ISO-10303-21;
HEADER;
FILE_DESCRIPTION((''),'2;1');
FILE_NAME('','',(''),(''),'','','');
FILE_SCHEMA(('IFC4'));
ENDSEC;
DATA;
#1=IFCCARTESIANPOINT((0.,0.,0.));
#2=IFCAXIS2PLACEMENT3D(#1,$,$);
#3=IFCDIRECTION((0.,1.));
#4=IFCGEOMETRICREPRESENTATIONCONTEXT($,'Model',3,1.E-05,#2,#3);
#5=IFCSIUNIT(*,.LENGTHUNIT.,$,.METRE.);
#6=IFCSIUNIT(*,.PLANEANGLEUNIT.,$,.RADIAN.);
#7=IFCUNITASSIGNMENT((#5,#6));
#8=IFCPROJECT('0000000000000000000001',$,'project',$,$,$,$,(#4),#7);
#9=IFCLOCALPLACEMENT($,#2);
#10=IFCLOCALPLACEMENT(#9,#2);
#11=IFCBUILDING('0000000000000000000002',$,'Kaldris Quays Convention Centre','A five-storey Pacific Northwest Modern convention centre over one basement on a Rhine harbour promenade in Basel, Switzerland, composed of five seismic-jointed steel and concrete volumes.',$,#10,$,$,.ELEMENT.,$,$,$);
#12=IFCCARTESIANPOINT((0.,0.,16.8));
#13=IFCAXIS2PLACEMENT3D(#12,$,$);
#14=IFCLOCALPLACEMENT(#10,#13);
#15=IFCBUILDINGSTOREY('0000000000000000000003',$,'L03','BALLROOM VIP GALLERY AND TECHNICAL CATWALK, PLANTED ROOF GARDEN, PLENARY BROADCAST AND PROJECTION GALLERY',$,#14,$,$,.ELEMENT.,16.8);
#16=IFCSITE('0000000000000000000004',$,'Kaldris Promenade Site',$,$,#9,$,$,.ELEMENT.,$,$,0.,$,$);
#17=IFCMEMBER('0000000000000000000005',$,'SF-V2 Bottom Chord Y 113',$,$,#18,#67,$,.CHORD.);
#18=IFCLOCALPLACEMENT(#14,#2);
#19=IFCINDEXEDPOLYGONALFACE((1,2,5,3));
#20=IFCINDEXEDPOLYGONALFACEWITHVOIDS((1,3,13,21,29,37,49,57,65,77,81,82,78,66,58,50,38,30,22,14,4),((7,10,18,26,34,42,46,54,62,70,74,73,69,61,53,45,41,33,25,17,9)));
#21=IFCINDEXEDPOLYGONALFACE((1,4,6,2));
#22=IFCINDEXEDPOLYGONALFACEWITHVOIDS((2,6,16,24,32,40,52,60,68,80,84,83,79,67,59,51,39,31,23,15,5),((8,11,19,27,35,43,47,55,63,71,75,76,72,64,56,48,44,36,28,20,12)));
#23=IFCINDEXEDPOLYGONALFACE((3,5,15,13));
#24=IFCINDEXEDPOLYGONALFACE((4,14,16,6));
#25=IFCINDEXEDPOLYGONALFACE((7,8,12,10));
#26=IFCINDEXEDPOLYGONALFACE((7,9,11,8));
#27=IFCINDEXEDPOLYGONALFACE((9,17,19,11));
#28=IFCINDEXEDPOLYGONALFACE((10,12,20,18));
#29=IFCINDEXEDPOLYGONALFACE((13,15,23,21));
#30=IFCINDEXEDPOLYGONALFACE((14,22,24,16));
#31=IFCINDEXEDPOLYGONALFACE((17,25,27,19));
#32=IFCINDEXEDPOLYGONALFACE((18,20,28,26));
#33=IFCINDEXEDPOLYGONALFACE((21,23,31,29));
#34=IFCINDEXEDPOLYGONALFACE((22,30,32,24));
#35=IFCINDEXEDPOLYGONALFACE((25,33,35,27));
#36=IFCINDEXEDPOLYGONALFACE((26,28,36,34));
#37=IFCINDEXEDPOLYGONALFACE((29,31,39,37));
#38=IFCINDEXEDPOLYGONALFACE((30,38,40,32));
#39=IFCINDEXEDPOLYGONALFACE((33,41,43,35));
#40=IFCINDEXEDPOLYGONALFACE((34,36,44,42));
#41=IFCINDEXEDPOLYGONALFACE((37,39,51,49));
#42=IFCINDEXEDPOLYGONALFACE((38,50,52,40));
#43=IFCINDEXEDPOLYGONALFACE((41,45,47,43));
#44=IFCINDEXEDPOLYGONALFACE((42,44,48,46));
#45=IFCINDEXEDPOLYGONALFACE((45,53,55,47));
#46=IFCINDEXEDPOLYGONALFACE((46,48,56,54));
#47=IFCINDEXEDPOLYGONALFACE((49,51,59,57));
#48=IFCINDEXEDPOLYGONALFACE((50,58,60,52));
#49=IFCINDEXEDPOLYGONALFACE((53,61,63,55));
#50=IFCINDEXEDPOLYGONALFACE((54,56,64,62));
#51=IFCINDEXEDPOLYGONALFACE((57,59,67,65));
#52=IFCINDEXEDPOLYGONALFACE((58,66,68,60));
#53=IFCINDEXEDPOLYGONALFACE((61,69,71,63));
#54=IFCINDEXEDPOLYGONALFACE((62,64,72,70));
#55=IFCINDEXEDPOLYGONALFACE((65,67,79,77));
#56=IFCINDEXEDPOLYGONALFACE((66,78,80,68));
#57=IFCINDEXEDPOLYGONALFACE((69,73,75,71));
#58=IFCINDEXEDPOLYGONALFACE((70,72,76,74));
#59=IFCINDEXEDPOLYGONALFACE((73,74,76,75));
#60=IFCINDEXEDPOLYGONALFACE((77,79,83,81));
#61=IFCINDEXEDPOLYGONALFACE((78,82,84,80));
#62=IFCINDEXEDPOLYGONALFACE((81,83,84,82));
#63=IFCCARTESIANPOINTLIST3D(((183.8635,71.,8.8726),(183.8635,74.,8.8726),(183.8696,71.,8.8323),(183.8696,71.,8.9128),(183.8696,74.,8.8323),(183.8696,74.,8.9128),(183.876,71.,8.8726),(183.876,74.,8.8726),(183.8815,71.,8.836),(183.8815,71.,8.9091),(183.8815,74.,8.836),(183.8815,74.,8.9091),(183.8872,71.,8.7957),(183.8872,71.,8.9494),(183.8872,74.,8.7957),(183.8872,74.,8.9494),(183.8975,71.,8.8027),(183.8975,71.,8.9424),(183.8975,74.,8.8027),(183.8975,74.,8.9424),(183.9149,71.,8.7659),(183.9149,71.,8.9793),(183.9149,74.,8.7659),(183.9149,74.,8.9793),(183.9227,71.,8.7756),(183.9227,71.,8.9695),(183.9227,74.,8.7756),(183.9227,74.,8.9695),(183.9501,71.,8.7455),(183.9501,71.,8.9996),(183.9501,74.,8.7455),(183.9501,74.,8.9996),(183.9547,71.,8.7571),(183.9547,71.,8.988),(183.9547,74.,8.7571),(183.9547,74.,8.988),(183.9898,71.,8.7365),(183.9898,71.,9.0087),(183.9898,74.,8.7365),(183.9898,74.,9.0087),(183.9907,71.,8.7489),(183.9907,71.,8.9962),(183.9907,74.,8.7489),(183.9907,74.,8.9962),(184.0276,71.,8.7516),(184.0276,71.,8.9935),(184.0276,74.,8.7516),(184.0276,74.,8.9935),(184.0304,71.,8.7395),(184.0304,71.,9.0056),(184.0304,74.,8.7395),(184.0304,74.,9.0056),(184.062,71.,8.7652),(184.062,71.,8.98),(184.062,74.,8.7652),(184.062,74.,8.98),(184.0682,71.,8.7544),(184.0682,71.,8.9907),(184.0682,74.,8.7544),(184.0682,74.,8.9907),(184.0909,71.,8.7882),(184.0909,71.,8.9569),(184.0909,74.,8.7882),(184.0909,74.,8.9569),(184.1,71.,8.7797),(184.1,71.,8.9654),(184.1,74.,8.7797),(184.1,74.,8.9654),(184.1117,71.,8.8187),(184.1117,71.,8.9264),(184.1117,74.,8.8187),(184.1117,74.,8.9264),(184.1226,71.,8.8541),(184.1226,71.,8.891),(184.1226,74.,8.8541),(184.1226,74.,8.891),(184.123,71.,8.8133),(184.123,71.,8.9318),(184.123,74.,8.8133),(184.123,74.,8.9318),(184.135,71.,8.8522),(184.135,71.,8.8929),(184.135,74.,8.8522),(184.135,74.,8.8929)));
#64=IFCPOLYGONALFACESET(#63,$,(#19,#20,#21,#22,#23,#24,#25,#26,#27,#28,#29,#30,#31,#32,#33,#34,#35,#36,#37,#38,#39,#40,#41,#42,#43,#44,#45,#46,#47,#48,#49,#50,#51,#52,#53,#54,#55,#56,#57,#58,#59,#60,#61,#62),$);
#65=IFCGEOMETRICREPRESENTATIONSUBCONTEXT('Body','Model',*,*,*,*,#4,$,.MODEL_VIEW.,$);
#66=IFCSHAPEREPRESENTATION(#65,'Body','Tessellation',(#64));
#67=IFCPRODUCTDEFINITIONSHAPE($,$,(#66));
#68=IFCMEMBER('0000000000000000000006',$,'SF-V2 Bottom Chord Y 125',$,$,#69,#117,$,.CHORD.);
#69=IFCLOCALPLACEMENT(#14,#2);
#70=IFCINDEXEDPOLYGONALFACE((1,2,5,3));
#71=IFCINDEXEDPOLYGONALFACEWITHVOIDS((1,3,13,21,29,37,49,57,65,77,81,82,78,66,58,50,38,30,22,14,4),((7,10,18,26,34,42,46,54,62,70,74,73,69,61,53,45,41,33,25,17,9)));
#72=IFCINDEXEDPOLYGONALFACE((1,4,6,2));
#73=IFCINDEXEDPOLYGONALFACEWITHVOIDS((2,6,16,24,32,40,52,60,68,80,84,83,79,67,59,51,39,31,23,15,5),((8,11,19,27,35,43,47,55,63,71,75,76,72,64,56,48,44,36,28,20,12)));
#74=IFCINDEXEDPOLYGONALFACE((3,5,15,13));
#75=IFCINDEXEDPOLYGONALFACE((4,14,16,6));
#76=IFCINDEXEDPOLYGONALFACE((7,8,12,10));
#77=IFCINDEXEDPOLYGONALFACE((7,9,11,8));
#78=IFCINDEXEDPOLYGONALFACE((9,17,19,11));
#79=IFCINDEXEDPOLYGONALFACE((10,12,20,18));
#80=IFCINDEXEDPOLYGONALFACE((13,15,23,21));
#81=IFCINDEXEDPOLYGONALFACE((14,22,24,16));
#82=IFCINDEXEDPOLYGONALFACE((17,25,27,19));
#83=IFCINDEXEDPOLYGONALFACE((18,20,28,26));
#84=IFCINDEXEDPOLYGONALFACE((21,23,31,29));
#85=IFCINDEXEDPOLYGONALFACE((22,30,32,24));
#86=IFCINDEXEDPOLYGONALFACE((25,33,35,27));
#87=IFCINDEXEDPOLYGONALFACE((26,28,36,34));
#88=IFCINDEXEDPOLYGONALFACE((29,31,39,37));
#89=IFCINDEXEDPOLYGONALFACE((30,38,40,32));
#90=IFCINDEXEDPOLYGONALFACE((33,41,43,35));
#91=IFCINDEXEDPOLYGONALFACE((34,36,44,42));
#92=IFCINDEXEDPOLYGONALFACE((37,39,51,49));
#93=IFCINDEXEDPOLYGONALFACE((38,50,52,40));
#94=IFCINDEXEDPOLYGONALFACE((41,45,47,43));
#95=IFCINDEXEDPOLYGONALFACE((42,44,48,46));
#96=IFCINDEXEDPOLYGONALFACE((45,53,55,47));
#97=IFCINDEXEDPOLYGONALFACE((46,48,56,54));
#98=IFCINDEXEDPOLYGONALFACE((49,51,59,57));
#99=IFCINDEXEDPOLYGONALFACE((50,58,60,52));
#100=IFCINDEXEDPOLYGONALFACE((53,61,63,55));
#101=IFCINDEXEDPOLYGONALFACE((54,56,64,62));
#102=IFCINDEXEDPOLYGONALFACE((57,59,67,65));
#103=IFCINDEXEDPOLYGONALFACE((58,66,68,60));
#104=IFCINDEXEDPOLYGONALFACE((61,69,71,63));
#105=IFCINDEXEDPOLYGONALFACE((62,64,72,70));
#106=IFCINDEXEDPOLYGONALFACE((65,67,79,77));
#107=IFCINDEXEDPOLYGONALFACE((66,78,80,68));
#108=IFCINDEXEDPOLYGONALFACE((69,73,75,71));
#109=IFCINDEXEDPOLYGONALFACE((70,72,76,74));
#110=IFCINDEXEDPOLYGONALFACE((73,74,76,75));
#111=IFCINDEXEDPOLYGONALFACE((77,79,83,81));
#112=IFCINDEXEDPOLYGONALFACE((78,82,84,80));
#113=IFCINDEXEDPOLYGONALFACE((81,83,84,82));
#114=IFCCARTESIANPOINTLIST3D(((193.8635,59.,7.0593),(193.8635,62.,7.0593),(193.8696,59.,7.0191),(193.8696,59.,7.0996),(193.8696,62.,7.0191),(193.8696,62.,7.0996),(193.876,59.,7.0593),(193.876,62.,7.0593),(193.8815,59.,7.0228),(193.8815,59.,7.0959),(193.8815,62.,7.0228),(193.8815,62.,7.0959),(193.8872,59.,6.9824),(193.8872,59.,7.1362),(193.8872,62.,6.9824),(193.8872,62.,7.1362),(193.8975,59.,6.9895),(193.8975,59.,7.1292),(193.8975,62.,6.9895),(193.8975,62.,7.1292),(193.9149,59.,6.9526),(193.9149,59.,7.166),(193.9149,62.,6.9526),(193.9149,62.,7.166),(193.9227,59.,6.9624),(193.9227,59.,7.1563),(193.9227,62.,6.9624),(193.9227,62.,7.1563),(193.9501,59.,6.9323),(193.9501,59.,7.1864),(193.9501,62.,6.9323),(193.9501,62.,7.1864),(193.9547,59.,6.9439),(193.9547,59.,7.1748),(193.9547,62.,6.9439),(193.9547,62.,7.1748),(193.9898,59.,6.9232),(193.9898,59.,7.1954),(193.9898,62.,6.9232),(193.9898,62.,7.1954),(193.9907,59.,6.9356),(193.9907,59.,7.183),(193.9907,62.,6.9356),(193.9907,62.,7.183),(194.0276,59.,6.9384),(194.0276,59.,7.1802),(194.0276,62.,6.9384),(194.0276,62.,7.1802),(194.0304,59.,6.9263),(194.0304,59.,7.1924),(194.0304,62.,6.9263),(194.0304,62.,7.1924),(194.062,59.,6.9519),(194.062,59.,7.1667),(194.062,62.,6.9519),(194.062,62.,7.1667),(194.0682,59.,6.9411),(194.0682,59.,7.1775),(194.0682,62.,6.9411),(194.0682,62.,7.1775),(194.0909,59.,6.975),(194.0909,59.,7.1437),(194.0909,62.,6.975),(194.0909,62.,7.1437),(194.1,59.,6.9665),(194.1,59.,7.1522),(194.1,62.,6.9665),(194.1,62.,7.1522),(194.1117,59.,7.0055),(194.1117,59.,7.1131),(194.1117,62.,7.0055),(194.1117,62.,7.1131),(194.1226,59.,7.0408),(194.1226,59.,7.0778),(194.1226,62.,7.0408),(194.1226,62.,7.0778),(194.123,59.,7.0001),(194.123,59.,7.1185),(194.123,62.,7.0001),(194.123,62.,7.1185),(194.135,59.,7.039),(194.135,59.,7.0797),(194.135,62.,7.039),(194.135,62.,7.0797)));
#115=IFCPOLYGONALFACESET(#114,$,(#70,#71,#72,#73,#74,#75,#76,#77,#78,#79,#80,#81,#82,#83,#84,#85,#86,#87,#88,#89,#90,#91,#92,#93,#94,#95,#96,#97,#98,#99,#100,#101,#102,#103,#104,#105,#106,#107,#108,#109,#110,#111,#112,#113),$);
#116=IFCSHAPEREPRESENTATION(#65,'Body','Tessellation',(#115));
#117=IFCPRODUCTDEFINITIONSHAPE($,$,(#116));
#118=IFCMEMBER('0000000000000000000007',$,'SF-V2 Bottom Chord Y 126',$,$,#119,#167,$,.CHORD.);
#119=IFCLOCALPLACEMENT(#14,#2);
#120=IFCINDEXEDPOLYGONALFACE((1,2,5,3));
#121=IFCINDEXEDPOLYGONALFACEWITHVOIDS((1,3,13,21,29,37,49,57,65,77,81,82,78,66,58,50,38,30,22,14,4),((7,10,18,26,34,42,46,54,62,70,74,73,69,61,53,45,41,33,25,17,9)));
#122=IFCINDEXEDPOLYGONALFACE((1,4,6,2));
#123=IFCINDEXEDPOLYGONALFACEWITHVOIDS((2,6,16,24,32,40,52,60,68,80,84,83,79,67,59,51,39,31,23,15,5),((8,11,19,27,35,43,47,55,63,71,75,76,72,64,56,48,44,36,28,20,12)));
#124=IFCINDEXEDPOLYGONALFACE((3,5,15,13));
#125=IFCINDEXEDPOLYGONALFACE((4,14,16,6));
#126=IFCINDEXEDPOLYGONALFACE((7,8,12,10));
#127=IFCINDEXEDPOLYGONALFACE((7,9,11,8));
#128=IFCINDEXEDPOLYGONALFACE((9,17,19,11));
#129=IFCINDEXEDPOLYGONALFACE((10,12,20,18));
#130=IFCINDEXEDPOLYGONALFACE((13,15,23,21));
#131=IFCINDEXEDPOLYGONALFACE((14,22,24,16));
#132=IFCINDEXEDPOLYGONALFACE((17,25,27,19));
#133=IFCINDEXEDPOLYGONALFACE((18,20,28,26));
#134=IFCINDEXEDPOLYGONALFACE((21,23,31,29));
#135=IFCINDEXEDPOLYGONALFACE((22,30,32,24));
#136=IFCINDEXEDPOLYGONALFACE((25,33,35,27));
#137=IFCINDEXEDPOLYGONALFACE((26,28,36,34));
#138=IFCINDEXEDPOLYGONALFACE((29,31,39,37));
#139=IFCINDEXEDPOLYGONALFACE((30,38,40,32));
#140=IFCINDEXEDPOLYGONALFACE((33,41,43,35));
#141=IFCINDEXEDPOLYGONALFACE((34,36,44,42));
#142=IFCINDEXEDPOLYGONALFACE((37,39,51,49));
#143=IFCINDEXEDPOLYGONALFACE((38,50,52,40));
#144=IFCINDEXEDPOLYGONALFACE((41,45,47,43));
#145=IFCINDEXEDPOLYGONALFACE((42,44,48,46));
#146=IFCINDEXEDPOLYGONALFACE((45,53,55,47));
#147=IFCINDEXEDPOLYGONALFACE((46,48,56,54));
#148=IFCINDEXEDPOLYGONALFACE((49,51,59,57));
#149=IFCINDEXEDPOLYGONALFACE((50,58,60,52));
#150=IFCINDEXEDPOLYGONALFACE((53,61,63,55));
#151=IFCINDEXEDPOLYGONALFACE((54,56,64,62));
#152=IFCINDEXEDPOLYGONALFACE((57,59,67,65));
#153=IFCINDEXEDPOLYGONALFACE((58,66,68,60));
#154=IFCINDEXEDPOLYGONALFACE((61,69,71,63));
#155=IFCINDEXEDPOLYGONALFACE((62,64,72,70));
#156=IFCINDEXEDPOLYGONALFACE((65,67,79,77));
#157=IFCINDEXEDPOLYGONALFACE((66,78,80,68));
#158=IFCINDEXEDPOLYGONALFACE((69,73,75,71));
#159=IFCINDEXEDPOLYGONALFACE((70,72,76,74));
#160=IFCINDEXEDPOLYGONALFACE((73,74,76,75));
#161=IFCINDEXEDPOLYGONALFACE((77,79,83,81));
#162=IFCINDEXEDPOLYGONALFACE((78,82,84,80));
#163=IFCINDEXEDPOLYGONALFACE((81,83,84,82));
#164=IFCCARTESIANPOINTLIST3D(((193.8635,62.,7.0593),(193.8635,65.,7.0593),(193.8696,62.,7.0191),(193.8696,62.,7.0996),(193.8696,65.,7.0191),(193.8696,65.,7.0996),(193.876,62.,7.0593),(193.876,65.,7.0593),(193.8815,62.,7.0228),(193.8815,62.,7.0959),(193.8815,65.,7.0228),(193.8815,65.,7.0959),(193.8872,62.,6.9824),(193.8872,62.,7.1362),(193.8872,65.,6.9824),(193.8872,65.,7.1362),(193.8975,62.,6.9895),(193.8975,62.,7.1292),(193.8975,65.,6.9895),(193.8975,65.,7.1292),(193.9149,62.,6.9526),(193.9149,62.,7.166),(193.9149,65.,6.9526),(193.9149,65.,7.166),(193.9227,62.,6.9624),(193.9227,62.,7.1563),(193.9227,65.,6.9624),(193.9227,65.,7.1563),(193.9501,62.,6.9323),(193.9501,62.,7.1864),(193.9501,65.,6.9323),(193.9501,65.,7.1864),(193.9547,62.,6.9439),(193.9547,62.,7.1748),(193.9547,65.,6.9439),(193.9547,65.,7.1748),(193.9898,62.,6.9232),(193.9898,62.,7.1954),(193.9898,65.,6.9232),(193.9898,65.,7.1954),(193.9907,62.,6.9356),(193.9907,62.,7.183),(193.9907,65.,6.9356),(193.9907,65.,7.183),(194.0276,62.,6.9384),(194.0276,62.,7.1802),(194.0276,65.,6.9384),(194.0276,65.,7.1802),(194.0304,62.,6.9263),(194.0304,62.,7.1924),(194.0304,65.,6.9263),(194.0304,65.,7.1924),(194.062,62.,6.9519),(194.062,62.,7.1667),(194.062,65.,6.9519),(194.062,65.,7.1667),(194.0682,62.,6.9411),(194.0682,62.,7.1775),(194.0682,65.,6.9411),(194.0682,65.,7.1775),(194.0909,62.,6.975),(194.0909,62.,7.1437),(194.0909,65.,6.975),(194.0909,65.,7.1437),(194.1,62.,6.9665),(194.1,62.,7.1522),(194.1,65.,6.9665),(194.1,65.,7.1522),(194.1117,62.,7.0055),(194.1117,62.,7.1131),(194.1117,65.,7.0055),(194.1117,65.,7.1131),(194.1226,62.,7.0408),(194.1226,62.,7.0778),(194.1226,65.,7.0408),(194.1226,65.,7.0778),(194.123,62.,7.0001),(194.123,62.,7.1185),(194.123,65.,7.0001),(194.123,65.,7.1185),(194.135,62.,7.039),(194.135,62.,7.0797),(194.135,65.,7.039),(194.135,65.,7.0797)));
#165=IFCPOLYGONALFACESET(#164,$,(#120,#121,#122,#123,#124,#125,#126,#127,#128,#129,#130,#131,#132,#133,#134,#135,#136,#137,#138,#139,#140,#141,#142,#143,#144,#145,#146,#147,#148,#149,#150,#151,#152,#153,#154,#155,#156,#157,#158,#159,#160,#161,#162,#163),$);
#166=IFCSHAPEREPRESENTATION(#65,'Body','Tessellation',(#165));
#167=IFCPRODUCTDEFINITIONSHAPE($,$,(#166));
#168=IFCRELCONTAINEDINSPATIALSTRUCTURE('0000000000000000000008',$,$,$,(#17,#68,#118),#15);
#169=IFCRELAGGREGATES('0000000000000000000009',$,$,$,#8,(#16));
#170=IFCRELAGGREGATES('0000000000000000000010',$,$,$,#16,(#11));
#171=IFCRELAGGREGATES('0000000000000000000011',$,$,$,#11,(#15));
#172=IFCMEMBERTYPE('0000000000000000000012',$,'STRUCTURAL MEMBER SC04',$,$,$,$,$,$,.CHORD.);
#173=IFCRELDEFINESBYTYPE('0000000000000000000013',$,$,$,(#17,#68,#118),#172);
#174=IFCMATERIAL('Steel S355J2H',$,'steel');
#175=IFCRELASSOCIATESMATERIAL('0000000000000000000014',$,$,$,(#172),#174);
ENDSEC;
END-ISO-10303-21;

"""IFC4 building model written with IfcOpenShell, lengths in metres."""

from ifc_helpers import new_model, si_unit, direction, frame, origin, origin_2d, place, context, subcontext, project, spatial, hollow_circle, extrude, material, material_profile, profile_set, type_object, element, save


model = new_model("IFC4")

# Units and contexts
model_context = context("Model", 3, precision=1e-05, world=origin(), true_north=direction((0.0, 1.0)))
body_context = subcontext(model_context, "Body", "Model", "MODEL_VIEW")
ifc_project = project(units=[si_unit("LENGTHUNIT", "METRE"), si_unit("PLANEANGLEUNIT", "RADIAN")], contexts=[model_context])

# Site, building, storey
site_placement = place(None, origin())
site = spatial("IfcSite", under=ifc_project, at=site_placement, Name="Kaldris Promenade Site", CompositionType="ELEMENT", RefElevation=0.0)
building_placement = place(site_placement, origin())
building = spatial("IfcBuilding", under=site, at=building_placement, Name="Kaldris Quays Convention Centre", Description="A five-storey Pacific Northwest Modern convention centre over one basement on a Rhine harbour promenade in Basel, Switzerland, composed of five seismic-jointed steel and concrete volumes.", CompositionType="ELEMENT")
storey_placement = place(building_placement, frame((0.0, 0.0, 16.8)))
storey = spatial("IfcBuildingStorey", under=building, at=storey_placement, Name="L03", Description="BALLROOM VIP GALLERY AND TECHNICAL CATWALK, PLANTED ROOF GARDEN, PLENARY BROADCAST AND PROJECTION GALLERY", CompositionType="ELEMENT", Elevation=16.8)

# Members
ifc_material_1 = material(Name="Steel S355J2H", Category="steel")
ifc_material_profile_1 = material_profile(ifc_material_1, hollow_circle(Radius=0.1365, WallThickness=0.0125, at=origin_2d()), Name="CHS 273x12.5")
ifc_profile_set_1 = profile_set([ifc_material_profile_1], Name="Steel S355J2H")
member_type_1 = type_object("IfcMemberType", Name="STRUCTURAL MEMBER SC04", PredefinedType="CHORD", material=ifc_profile_set_1)
for number, where, z_axis, x_axis, name in (
    (1, (184.0, 71.0, 8.8726), (0.0, 1.0, 0.0), (-1.0, 0.0, 0.0), "SF-V2 Bottom Chord Y 113"),
    (2, (194.0, 59.0, 7.0593), (0.0, 1.0, 0.0), (-1.0, 0.0, 0.0), "SF-V2 Bottom Chord Y 125"),
    (3, (194.0, 62.0, 7.0593), (0.0, 1.0, 0.0), (-1.0, 0.0, 0.0), "SF-V2 Bottom Chord Y 126"),
):
    element("IfcMember", number, at=place(storey_placement, frame(where, z_axis=z_axis, x_axis=x_axis)), inside=storey, type_object=member_type_1, Name=name, PredefinedType="CHORD", context=body_context, shape_type="SweptSolid", body=[
        extrude(hollow_circle(Radius=0.1365, WallThickness=0.0125, at=origin_2d()), origin(), (0.0, 0.0, 1.0), 3.0),
    ])

save(model, "model.ifc")
